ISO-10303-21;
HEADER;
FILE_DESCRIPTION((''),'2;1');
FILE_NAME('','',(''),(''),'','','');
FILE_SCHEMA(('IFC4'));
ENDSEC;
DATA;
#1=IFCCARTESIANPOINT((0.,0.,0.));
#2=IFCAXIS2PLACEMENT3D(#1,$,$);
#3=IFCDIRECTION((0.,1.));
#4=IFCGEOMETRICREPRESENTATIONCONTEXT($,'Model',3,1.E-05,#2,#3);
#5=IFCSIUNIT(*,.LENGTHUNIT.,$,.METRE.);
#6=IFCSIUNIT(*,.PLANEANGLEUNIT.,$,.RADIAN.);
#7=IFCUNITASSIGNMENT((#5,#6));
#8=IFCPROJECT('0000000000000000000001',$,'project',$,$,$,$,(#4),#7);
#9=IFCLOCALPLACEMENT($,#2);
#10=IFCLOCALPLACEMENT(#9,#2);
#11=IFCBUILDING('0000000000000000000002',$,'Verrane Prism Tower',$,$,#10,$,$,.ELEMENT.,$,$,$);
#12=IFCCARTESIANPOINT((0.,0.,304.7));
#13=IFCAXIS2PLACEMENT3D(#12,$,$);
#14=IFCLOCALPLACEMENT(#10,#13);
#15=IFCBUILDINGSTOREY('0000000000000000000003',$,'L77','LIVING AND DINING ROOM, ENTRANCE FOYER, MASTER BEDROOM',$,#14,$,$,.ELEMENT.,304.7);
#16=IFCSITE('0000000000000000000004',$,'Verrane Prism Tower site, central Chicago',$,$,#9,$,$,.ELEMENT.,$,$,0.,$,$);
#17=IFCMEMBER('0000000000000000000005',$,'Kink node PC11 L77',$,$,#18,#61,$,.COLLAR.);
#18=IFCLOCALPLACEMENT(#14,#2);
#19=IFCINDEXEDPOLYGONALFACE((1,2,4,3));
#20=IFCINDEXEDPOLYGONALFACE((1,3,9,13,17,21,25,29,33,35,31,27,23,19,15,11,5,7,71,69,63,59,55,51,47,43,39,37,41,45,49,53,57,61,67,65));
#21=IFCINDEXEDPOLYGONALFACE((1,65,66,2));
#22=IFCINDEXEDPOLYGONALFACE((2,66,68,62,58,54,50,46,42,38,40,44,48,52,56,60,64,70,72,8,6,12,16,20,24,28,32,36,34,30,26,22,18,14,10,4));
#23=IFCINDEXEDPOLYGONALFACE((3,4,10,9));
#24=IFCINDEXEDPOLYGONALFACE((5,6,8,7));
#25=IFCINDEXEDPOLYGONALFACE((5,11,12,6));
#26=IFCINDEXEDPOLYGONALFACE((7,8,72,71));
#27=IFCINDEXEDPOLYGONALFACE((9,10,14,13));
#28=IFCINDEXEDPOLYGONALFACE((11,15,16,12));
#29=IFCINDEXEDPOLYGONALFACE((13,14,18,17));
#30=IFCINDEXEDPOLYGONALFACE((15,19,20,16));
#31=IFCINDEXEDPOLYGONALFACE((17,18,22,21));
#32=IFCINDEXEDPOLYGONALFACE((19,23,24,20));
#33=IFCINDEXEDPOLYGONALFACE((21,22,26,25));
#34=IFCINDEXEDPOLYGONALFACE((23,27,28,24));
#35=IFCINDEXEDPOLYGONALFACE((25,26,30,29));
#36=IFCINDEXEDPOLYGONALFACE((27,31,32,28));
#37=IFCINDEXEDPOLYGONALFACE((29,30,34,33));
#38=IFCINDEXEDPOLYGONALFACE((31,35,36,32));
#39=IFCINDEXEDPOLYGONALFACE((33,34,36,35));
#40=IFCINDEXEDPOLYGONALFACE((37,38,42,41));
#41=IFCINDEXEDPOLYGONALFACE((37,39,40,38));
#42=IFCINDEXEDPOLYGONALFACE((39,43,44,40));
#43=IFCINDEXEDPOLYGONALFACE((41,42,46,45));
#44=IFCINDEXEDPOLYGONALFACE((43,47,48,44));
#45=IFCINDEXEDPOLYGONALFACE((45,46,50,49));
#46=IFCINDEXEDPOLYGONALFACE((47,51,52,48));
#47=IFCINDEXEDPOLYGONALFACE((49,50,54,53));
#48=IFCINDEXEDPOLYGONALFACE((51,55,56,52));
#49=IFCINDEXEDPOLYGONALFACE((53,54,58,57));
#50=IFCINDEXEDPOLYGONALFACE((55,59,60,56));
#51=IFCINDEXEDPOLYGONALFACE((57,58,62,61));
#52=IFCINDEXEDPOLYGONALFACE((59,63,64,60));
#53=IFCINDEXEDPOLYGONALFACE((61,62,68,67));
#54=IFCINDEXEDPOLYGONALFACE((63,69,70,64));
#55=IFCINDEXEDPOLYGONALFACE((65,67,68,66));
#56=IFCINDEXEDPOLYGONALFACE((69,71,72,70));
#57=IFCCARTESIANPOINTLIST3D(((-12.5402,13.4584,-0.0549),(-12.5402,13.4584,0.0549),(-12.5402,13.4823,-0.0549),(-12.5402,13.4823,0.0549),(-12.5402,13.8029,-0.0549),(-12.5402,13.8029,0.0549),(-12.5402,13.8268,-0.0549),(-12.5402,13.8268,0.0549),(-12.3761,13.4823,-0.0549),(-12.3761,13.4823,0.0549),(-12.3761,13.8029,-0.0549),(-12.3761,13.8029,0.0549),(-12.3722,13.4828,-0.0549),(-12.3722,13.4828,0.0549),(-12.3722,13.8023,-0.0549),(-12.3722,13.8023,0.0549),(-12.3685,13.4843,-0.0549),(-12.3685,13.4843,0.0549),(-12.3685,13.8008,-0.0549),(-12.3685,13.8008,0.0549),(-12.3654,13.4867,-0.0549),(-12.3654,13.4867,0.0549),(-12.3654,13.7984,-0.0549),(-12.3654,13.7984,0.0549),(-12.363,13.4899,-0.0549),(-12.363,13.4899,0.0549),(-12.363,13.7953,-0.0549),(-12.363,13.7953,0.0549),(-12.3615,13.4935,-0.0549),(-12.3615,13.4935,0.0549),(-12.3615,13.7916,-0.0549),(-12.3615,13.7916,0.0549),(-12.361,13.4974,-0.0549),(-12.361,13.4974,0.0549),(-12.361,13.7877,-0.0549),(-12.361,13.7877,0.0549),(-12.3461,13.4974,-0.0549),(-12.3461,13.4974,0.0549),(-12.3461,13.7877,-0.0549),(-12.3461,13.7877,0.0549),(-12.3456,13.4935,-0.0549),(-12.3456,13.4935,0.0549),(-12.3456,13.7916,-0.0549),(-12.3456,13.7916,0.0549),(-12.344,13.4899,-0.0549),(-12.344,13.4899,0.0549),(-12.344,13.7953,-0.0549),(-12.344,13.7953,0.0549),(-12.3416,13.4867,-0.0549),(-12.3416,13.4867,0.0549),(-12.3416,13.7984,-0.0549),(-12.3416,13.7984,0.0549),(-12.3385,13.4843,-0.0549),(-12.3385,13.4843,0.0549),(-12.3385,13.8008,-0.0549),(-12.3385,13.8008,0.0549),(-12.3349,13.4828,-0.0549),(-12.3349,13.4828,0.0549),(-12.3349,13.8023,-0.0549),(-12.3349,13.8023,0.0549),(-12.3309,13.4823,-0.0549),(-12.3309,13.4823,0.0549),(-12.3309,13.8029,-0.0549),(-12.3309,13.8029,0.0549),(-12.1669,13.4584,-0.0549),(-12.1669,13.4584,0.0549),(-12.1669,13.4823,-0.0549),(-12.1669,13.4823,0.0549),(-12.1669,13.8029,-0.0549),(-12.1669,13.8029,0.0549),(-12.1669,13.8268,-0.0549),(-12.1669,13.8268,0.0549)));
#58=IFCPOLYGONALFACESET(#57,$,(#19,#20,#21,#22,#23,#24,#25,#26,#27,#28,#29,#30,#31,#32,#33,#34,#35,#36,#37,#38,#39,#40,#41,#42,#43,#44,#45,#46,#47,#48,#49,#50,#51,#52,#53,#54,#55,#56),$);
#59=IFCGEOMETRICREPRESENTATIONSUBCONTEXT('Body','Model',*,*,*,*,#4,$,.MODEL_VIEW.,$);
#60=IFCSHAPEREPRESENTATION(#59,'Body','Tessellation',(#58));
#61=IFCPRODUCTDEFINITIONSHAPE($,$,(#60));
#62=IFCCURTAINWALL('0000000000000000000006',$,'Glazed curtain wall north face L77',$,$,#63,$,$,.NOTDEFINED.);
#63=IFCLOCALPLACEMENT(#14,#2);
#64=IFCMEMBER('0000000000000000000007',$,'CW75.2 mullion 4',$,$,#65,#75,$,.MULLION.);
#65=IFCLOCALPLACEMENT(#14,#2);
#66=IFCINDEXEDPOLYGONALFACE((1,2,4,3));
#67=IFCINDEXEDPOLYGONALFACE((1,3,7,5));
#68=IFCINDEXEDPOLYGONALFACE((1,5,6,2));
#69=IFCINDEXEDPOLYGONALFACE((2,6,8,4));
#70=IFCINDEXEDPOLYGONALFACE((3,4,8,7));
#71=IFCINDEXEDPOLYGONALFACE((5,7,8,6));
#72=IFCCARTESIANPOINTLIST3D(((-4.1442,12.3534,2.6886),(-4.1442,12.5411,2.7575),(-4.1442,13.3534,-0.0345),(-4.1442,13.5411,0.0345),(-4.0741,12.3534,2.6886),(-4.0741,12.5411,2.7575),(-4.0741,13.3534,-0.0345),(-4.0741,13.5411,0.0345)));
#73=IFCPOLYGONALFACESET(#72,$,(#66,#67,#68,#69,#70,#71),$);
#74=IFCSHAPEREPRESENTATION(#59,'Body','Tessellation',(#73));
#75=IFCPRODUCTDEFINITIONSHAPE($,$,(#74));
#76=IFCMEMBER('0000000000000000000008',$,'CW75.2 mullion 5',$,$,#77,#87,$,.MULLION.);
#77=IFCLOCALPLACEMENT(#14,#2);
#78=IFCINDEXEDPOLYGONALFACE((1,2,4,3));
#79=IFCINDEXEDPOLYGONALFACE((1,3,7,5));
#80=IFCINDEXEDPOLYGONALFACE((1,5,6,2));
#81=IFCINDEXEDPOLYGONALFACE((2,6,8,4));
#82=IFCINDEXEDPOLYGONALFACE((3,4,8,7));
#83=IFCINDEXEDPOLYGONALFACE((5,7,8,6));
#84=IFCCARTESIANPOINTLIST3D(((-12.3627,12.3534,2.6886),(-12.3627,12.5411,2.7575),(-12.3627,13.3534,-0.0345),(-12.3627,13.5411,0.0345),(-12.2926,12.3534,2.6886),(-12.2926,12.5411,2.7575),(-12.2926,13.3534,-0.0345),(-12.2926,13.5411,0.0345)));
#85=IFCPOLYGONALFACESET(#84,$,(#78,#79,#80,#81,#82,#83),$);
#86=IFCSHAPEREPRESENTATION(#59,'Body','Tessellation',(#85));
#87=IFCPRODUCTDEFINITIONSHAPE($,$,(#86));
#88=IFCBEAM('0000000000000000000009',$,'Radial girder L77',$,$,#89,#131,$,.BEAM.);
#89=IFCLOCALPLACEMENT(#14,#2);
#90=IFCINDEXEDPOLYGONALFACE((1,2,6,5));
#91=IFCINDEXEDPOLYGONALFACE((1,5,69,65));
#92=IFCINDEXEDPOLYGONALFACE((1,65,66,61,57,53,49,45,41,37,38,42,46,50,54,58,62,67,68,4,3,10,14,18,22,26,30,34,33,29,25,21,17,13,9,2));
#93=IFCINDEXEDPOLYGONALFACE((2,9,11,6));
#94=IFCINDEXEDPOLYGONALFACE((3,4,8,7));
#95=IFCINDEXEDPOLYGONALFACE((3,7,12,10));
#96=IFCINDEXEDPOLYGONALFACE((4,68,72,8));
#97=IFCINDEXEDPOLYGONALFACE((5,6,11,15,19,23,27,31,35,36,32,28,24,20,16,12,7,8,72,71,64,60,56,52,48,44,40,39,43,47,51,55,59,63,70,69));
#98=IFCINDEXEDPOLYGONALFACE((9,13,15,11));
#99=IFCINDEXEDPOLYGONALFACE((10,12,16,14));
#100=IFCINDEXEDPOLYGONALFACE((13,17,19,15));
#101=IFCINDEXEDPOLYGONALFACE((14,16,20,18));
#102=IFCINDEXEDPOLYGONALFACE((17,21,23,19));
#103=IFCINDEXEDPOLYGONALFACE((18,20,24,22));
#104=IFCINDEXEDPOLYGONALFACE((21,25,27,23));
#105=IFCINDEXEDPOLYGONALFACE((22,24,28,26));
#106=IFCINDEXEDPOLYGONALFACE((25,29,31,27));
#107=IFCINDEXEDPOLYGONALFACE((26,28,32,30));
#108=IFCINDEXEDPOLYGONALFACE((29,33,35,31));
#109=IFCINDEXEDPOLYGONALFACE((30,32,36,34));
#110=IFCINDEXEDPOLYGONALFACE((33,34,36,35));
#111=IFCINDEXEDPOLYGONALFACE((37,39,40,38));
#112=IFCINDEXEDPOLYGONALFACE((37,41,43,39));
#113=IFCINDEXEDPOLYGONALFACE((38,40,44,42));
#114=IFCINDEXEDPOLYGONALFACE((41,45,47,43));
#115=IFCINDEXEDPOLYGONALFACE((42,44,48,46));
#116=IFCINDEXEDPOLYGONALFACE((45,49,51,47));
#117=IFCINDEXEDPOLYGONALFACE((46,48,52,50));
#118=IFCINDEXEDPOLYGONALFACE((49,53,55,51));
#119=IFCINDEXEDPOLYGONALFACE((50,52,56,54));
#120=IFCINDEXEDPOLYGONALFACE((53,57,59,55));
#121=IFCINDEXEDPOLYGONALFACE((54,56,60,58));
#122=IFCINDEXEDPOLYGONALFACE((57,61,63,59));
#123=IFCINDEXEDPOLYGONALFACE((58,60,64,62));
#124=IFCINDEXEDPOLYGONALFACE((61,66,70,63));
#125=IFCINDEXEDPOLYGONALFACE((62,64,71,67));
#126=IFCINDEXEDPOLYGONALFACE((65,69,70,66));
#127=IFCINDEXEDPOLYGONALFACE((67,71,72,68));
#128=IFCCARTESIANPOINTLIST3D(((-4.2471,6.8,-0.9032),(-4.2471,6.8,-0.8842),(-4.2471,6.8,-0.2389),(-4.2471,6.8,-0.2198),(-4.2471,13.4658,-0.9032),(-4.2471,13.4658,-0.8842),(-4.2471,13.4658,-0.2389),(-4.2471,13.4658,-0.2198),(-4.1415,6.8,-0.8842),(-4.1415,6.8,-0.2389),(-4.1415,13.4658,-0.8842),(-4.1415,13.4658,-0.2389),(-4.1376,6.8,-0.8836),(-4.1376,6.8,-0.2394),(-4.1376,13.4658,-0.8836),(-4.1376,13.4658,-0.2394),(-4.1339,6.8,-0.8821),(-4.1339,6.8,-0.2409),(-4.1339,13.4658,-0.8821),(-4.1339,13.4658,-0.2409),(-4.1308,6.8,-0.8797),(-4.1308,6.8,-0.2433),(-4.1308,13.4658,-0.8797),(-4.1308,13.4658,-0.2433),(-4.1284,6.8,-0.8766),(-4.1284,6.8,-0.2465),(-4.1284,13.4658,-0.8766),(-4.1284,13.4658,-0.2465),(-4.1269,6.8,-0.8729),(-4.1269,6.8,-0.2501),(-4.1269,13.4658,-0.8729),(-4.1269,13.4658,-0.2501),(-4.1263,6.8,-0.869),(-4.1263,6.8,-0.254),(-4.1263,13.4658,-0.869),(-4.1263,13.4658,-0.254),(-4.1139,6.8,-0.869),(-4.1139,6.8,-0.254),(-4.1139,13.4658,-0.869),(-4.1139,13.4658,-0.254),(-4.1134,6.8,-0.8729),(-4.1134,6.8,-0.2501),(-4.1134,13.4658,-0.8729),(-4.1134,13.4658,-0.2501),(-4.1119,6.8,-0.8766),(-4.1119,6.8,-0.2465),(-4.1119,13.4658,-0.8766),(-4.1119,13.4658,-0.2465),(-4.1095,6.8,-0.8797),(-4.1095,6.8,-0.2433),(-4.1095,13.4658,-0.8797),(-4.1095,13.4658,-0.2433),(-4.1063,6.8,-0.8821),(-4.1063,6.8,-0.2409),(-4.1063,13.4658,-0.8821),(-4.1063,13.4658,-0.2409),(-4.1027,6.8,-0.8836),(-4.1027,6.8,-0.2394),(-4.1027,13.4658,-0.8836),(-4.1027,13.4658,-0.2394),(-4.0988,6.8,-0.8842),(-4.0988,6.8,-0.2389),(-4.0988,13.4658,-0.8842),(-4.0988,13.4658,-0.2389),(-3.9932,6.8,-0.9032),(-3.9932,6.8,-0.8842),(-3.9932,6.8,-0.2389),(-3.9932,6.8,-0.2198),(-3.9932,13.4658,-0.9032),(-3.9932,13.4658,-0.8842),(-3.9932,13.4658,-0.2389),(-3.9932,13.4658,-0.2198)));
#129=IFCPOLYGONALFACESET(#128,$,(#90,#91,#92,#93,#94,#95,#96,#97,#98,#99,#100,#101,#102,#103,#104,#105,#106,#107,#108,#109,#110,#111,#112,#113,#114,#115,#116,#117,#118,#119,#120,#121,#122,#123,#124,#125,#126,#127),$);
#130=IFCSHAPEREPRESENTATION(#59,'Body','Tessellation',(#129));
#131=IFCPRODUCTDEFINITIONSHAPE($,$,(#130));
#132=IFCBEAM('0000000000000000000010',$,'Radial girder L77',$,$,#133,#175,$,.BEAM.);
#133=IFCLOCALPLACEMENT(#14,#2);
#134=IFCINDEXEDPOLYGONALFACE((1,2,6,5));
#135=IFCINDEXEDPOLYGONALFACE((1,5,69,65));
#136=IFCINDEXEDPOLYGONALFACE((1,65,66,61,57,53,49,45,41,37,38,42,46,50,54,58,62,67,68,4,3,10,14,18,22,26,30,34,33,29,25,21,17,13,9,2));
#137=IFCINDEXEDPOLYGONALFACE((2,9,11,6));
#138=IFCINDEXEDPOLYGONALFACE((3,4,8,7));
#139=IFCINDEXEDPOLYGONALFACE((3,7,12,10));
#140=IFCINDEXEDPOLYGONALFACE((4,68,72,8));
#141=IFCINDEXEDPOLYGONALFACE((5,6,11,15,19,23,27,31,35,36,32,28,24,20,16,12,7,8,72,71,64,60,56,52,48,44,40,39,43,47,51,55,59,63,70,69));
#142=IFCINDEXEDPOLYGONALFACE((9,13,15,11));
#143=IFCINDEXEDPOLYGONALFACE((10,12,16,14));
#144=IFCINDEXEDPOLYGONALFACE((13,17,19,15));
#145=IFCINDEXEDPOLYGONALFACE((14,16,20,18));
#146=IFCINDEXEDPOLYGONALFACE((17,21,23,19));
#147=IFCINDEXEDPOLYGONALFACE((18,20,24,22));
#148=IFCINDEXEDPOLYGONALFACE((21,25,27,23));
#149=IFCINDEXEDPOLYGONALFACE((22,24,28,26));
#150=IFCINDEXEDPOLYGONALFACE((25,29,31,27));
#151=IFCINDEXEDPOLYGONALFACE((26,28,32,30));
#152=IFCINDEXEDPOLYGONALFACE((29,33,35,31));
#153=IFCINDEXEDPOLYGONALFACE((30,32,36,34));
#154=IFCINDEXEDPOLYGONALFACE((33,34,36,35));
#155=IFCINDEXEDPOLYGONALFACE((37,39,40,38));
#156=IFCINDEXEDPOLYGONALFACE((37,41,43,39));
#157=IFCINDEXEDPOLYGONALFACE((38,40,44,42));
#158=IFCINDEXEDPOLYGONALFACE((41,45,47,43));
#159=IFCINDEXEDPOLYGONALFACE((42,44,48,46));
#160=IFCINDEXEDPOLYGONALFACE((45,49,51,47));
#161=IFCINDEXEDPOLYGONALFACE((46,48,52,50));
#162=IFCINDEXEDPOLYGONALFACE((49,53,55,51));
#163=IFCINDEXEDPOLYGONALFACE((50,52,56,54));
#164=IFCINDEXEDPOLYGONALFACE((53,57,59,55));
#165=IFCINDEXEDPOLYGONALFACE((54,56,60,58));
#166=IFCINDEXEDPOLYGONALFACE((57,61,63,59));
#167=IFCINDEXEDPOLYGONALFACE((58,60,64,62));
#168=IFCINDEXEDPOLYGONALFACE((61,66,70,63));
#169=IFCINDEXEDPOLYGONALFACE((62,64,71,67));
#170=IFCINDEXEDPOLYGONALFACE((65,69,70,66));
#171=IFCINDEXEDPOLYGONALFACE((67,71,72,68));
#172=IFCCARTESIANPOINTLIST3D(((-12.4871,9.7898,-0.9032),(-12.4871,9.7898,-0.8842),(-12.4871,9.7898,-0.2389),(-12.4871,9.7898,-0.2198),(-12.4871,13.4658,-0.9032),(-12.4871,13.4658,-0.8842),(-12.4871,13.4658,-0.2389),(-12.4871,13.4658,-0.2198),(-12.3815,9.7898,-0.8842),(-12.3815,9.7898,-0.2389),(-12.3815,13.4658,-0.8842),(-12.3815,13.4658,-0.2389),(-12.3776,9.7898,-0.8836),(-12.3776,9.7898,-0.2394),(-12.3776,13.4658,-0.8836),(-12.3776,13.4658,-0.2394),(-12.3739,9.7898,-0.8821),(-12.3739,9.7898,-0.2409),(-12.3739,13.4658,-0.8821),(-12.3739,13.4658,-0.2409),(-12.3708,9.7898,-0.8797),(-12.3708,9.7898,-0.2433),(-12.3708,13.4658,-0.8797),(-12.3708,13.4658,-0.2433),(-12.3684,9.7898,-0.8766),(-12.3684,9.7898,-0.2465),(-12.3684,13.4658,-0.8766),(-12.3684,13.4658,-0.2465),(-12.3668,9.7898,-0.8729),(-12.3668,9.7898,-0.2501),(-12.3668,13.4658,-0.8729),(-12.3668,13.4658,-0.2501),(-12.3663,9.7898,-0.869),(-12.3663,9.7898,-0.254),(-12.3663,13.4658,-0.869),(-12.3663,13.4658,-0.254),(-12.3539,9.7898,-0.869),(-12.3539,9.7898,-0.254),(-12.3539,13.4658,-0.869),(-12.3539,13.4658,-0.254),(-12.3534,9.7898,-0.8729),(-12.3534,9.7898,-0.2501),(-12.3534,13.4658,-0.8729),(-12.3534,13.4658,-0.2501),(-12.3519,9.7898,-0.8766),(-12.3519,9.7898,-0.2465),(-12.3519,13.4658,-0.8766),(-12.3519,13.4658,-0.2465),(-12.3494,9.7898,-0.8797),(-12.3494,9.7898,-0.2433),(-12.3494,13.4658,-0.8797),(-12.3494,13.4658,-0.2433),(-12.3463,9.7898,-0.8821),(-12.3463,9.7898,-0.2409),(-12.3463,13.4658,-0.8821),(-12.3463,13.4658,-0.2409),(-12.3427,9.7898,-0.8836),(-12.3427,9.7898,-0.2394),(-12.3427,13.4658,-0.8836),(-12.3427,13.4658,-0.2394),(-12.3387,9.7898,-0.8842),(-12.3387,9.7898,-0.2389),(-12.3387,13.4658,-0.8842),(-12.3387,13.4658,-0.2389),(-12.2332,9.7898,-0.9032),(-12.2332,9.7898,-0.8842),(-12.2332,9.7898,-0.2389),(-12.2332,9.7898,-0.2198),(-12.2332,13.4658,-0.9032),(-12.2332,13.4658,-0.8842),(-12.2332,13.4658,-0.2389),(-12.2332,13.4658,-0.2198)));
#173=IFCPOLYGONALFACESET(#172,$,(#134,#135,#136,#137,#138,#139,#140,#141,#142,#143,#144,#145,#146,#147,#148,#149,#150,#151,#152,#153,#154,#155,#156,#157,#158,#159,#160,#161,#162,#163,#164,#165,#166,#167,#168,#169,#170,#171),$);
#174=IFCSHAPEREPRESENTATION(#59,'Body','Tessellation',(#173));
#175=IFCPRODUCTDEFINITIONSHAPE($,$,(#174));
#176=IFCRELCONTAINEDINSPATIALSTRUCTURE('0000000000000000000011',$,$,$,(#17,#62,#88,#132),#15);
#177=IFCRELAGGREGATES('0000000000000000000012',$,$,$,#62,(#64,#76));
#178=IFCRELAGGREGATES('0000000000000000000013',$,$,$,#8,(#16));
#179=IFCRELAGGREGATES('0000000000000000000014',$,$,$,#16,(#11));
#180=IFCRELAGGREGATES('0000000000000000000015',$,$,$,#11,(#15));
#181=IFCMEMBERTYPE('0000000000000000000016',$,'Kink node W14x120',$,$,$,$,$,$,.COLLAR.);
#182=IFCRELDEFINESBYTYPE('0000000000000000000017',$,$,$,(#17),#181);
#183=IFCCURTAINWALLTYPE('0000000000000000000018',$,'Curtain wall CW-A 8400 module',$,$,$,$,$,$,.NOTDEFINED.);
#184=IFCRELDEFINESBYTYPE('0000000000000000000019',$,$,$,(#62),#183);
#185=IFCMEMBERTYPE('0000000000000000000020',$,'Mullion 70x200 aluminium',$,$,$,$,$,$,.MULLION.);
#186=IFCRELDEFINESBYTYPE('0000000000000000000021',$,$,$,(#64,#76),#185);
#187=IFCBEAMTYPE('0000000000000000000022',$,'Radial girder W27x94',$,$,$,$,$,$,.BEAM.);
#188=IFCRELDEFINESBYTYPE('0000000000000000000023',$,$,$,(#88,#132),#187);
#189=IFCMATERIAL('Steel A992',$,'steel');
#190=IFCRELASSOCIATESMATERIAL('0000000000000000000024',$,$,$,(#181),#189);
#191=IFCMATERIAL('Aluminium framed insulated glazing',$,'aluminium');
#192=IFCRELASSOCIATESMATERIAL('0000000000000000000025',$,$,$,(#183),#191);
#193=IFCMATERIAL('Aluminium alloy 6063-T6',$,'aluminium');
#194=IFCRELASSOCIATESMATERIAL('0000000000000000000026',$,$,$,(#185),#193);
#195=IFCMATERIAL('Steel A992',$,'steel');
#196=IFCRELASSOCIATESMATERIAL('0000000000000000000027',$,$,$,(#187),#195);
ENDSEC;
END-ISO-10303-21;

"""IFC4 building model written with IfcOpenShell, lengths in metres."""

from ifc_helpers import new_model, si_unit, direction, frame, origin, origin_2d, place, context, subcontext, project, spatial, rectangle, i_section, extrude, material, material_profile, profile_set, type_object, element, aggregate, save


model = new_model("IFC4")

# Units and contexts
model_context = context("Model", 3, precision=1e-05, world=origin(), true_north=direction((0.0, 1.0)))
body_context = subcontext(model_context, "Body", "Model", "MODEL_VIEW")
ifc_project = project(units=[si_unit("LENGTHUNIT", "METRE"), si_unit("PLANEANGLEUNIT", "RADIAN")], contexts=[model_context])

# Site, building, storey
site_placement = place(None, origin())
site = spatial("IfcSite", under=ifc_project, at=site_placement, Name="Verrane Prism Tower site, central Chicago", CompositionType="ELEMENT", RefElevation=0.0)
building_placement = place(site_placement, origin())
building = spatial("IfcBuilding", under=site, at=building_placement, Name="Verrane Prism Tower", CompositionType="ELEMENT")
storey_placement = place(building_placement, frame((0.0, 0.0, 304.7)))
storey = spatial("IfcBuildingStorey", under=building, at=storey_placement, Name="L77", Description="LIVING AND DINING ROOM, ENTRANCE FOYER, MASTER BEDROOM", CompositionType="ELEMENT", Elevation=304.7)

# Member
ifc_material_1 = material(Name="Steel A992", Category="steel")
ifc_material_profile_1 = material_profile(ifc_material_1, i_section(OverallWidth=0.3733, OverallDepth=0.3684, WebThickness=0.0149, FlangeThickness=0.0239, FilletRadius=0.0151, at=origin_2d()), Name="W14x120")
ifc_profile_set_1 = profile_set([ifc_material_profile_1], Name="Steel A992")
member_type_1 = type_object("IfcMemberType", Name="Kink node W14x120", PredefinedType="COLLAR", material=ifc_profile_set_1)
member_1_placement = place(storey_placement, frame((-12.3535, 13.6426, -0.0549), z_axis=(0.0, 0.0, 1.0), x_axis=(1.0, 0.0, 0.0)))
element("IfcMember", 1, at=member_1_placement, inside=storey, type_object=member_type_1, Name="Kink node PC11 L77", PredefinedType="COLLAR", context=body_context, shape_type="SweptSolid", body=[
    extrude(i_section(OverallWidth=0.3733, OverallDepth=0.3684, WebThickness=0.0149, FlangeThickness=0.0239, FilletRadius=0.0151, at=origin_2d()), origin(), (0.0, 0.0, 1.0), 0.1099),
])

# Curtain wall, members
ifc_material_2 = material(Name="Aluminium framed insulated glazing", Category="aluminium")
curtain_wall_type = type_object("IfcCurtainWallType", Name="Curtain wall CW-A 8400 module", PredefinedType="NOTDEFINED", material=ifc_material_2)
curtain_wall_placement = place(storey_placement, origin())
curtain_wall = element("IfcCurtainWall", 2, at=curtain_wall_placement, inside=storey, type_object=curtain_wall_type, Name="Glazed curtain wall north face L77", PredefinedType="NOTDEFINED")
ifc_material_3 = material(Name="Aluminium alloy 6063-T6", Category="aluminium")
ifc_material_profile_2 = material_profile(ifc_material_3, rectangle(XDim=0.2, YDim=0.0701, at=origin_2d()), Name="Mullion 70x200 aluminium")
ifc_profile_set_2 = profile_set([ifc_material_profile_2], Name="Aluminium alloy 6063-T6")
member_type_2 = type_object("IfcMemberType", Name="Mullion 70x200 aluminium", PredefinedType="MULLION", material=ifc_profile_set_2)
member_2_placement = place(storey_placement, frame((-4.1091, 13.4473, 0.0), z_axis=(0.0, -0.344715, 0.938708), x_axis=(0.0, -0.938708, -0.344715)))
member_2 = element("IfcMember", 3, at=member_2_placement, type_object=member_type_2, Name="CW75.2 mullion 4", PredefinedType="MULLION", context=body_context, shape_type="SweptSolid", body=[
    extrude(rectangle(XDim=0.2, YDim=0.0701, at=origin_2d()), origin(), (0.0, 0.0, 1.0), 2.9009),
])
member_3_placement = place(storey_placement, frame((-12.3276, 13.4473, 0.0), z_axis=(0.0, -0.344715, 0.938708), x_axis=(0.0, -0.938708, -0.344715)))
member_3 = element("IfcMember", 4, at=member_3_placement, type_object=member_type_2, Name="CW75.2 mullion 5", PredefinedType="MULLION", context=body_context, shape_type="SweptSolid", body=[
    extrude(rectangle(XDim=0.2, YDim=0.0701, at=origin_2d()), origin(), (0.0, 0.0, 1.0), 2.9009),
])

# Beams
ifc_material_4 = material(Name="Steel A992", Category="steel")
ifc_material_profile_3 = material_profile(ifc_material_4, i_section(OverallWidth=0.2539, OverallDepth=0.6833, WebThickness=0.0125, FlangeThickness=0.019, FilletRadius=0.0151, at=origin_2d()), Name="W27x94")
ifc_profile_set_3 = profile_set([ifc_material_profile_3], Name="Steel A992")
beam_type_1 = type_object("IfcBeamType", Name="Radial girder W27x94", PredefinedType="BEAM", material=ifc_profile_set_3)
beam_1_placement = place(storey_placement, frame((-4.1201, 13.4658, -0.5615), z_axis=(0.0, -1.0, 0.0), x_axis=(1.0, 0.0, 0.0)))
element("IfcBeam", 5, at=beam_1_placement, inside=storey, type_object=beam_type_1, Name="Radial girder L77", PredefinedType="BEAM", context=body_context, shape_type="SweptSolid", body=[
    extrude(i_section(OverallWidth=0.2539, OverallDepth=0.6833, WebThickness=0.0125, FlangeThickness=0.019, FilletRadius=0.0151, at=origin_2d()), origin(), (0.0, 0.0, 1.0), 6.6658),
])
beam_2_placement = place(storey_placement, frame((-12.3601, 13.4658, -0.5615), z_axis=(0.0, -1.0, 0.0), x_axis=(1.0, 0.0, 0.0)))
element("IfcBeam", 6, at=beam_2_placement, inside=storey, type_object=beam_type_1, Name="Radial girder L77", PredefinedType="BEAM", context=body_context, shape_type="SweptSolid", body=[
    extrude(i_section(OverallWidth=0.2539, OverallDepth=0.6833, WebThickness=0.0125, FlangeThickness=0.019, FilletRadius=0.0151, at=origin_2d()), origin(), (0.0, 0.0, 1.0), 3.676),
])

aggregate(curtain_wall, [member_2, member_3])

save(model, "model.ifc")
